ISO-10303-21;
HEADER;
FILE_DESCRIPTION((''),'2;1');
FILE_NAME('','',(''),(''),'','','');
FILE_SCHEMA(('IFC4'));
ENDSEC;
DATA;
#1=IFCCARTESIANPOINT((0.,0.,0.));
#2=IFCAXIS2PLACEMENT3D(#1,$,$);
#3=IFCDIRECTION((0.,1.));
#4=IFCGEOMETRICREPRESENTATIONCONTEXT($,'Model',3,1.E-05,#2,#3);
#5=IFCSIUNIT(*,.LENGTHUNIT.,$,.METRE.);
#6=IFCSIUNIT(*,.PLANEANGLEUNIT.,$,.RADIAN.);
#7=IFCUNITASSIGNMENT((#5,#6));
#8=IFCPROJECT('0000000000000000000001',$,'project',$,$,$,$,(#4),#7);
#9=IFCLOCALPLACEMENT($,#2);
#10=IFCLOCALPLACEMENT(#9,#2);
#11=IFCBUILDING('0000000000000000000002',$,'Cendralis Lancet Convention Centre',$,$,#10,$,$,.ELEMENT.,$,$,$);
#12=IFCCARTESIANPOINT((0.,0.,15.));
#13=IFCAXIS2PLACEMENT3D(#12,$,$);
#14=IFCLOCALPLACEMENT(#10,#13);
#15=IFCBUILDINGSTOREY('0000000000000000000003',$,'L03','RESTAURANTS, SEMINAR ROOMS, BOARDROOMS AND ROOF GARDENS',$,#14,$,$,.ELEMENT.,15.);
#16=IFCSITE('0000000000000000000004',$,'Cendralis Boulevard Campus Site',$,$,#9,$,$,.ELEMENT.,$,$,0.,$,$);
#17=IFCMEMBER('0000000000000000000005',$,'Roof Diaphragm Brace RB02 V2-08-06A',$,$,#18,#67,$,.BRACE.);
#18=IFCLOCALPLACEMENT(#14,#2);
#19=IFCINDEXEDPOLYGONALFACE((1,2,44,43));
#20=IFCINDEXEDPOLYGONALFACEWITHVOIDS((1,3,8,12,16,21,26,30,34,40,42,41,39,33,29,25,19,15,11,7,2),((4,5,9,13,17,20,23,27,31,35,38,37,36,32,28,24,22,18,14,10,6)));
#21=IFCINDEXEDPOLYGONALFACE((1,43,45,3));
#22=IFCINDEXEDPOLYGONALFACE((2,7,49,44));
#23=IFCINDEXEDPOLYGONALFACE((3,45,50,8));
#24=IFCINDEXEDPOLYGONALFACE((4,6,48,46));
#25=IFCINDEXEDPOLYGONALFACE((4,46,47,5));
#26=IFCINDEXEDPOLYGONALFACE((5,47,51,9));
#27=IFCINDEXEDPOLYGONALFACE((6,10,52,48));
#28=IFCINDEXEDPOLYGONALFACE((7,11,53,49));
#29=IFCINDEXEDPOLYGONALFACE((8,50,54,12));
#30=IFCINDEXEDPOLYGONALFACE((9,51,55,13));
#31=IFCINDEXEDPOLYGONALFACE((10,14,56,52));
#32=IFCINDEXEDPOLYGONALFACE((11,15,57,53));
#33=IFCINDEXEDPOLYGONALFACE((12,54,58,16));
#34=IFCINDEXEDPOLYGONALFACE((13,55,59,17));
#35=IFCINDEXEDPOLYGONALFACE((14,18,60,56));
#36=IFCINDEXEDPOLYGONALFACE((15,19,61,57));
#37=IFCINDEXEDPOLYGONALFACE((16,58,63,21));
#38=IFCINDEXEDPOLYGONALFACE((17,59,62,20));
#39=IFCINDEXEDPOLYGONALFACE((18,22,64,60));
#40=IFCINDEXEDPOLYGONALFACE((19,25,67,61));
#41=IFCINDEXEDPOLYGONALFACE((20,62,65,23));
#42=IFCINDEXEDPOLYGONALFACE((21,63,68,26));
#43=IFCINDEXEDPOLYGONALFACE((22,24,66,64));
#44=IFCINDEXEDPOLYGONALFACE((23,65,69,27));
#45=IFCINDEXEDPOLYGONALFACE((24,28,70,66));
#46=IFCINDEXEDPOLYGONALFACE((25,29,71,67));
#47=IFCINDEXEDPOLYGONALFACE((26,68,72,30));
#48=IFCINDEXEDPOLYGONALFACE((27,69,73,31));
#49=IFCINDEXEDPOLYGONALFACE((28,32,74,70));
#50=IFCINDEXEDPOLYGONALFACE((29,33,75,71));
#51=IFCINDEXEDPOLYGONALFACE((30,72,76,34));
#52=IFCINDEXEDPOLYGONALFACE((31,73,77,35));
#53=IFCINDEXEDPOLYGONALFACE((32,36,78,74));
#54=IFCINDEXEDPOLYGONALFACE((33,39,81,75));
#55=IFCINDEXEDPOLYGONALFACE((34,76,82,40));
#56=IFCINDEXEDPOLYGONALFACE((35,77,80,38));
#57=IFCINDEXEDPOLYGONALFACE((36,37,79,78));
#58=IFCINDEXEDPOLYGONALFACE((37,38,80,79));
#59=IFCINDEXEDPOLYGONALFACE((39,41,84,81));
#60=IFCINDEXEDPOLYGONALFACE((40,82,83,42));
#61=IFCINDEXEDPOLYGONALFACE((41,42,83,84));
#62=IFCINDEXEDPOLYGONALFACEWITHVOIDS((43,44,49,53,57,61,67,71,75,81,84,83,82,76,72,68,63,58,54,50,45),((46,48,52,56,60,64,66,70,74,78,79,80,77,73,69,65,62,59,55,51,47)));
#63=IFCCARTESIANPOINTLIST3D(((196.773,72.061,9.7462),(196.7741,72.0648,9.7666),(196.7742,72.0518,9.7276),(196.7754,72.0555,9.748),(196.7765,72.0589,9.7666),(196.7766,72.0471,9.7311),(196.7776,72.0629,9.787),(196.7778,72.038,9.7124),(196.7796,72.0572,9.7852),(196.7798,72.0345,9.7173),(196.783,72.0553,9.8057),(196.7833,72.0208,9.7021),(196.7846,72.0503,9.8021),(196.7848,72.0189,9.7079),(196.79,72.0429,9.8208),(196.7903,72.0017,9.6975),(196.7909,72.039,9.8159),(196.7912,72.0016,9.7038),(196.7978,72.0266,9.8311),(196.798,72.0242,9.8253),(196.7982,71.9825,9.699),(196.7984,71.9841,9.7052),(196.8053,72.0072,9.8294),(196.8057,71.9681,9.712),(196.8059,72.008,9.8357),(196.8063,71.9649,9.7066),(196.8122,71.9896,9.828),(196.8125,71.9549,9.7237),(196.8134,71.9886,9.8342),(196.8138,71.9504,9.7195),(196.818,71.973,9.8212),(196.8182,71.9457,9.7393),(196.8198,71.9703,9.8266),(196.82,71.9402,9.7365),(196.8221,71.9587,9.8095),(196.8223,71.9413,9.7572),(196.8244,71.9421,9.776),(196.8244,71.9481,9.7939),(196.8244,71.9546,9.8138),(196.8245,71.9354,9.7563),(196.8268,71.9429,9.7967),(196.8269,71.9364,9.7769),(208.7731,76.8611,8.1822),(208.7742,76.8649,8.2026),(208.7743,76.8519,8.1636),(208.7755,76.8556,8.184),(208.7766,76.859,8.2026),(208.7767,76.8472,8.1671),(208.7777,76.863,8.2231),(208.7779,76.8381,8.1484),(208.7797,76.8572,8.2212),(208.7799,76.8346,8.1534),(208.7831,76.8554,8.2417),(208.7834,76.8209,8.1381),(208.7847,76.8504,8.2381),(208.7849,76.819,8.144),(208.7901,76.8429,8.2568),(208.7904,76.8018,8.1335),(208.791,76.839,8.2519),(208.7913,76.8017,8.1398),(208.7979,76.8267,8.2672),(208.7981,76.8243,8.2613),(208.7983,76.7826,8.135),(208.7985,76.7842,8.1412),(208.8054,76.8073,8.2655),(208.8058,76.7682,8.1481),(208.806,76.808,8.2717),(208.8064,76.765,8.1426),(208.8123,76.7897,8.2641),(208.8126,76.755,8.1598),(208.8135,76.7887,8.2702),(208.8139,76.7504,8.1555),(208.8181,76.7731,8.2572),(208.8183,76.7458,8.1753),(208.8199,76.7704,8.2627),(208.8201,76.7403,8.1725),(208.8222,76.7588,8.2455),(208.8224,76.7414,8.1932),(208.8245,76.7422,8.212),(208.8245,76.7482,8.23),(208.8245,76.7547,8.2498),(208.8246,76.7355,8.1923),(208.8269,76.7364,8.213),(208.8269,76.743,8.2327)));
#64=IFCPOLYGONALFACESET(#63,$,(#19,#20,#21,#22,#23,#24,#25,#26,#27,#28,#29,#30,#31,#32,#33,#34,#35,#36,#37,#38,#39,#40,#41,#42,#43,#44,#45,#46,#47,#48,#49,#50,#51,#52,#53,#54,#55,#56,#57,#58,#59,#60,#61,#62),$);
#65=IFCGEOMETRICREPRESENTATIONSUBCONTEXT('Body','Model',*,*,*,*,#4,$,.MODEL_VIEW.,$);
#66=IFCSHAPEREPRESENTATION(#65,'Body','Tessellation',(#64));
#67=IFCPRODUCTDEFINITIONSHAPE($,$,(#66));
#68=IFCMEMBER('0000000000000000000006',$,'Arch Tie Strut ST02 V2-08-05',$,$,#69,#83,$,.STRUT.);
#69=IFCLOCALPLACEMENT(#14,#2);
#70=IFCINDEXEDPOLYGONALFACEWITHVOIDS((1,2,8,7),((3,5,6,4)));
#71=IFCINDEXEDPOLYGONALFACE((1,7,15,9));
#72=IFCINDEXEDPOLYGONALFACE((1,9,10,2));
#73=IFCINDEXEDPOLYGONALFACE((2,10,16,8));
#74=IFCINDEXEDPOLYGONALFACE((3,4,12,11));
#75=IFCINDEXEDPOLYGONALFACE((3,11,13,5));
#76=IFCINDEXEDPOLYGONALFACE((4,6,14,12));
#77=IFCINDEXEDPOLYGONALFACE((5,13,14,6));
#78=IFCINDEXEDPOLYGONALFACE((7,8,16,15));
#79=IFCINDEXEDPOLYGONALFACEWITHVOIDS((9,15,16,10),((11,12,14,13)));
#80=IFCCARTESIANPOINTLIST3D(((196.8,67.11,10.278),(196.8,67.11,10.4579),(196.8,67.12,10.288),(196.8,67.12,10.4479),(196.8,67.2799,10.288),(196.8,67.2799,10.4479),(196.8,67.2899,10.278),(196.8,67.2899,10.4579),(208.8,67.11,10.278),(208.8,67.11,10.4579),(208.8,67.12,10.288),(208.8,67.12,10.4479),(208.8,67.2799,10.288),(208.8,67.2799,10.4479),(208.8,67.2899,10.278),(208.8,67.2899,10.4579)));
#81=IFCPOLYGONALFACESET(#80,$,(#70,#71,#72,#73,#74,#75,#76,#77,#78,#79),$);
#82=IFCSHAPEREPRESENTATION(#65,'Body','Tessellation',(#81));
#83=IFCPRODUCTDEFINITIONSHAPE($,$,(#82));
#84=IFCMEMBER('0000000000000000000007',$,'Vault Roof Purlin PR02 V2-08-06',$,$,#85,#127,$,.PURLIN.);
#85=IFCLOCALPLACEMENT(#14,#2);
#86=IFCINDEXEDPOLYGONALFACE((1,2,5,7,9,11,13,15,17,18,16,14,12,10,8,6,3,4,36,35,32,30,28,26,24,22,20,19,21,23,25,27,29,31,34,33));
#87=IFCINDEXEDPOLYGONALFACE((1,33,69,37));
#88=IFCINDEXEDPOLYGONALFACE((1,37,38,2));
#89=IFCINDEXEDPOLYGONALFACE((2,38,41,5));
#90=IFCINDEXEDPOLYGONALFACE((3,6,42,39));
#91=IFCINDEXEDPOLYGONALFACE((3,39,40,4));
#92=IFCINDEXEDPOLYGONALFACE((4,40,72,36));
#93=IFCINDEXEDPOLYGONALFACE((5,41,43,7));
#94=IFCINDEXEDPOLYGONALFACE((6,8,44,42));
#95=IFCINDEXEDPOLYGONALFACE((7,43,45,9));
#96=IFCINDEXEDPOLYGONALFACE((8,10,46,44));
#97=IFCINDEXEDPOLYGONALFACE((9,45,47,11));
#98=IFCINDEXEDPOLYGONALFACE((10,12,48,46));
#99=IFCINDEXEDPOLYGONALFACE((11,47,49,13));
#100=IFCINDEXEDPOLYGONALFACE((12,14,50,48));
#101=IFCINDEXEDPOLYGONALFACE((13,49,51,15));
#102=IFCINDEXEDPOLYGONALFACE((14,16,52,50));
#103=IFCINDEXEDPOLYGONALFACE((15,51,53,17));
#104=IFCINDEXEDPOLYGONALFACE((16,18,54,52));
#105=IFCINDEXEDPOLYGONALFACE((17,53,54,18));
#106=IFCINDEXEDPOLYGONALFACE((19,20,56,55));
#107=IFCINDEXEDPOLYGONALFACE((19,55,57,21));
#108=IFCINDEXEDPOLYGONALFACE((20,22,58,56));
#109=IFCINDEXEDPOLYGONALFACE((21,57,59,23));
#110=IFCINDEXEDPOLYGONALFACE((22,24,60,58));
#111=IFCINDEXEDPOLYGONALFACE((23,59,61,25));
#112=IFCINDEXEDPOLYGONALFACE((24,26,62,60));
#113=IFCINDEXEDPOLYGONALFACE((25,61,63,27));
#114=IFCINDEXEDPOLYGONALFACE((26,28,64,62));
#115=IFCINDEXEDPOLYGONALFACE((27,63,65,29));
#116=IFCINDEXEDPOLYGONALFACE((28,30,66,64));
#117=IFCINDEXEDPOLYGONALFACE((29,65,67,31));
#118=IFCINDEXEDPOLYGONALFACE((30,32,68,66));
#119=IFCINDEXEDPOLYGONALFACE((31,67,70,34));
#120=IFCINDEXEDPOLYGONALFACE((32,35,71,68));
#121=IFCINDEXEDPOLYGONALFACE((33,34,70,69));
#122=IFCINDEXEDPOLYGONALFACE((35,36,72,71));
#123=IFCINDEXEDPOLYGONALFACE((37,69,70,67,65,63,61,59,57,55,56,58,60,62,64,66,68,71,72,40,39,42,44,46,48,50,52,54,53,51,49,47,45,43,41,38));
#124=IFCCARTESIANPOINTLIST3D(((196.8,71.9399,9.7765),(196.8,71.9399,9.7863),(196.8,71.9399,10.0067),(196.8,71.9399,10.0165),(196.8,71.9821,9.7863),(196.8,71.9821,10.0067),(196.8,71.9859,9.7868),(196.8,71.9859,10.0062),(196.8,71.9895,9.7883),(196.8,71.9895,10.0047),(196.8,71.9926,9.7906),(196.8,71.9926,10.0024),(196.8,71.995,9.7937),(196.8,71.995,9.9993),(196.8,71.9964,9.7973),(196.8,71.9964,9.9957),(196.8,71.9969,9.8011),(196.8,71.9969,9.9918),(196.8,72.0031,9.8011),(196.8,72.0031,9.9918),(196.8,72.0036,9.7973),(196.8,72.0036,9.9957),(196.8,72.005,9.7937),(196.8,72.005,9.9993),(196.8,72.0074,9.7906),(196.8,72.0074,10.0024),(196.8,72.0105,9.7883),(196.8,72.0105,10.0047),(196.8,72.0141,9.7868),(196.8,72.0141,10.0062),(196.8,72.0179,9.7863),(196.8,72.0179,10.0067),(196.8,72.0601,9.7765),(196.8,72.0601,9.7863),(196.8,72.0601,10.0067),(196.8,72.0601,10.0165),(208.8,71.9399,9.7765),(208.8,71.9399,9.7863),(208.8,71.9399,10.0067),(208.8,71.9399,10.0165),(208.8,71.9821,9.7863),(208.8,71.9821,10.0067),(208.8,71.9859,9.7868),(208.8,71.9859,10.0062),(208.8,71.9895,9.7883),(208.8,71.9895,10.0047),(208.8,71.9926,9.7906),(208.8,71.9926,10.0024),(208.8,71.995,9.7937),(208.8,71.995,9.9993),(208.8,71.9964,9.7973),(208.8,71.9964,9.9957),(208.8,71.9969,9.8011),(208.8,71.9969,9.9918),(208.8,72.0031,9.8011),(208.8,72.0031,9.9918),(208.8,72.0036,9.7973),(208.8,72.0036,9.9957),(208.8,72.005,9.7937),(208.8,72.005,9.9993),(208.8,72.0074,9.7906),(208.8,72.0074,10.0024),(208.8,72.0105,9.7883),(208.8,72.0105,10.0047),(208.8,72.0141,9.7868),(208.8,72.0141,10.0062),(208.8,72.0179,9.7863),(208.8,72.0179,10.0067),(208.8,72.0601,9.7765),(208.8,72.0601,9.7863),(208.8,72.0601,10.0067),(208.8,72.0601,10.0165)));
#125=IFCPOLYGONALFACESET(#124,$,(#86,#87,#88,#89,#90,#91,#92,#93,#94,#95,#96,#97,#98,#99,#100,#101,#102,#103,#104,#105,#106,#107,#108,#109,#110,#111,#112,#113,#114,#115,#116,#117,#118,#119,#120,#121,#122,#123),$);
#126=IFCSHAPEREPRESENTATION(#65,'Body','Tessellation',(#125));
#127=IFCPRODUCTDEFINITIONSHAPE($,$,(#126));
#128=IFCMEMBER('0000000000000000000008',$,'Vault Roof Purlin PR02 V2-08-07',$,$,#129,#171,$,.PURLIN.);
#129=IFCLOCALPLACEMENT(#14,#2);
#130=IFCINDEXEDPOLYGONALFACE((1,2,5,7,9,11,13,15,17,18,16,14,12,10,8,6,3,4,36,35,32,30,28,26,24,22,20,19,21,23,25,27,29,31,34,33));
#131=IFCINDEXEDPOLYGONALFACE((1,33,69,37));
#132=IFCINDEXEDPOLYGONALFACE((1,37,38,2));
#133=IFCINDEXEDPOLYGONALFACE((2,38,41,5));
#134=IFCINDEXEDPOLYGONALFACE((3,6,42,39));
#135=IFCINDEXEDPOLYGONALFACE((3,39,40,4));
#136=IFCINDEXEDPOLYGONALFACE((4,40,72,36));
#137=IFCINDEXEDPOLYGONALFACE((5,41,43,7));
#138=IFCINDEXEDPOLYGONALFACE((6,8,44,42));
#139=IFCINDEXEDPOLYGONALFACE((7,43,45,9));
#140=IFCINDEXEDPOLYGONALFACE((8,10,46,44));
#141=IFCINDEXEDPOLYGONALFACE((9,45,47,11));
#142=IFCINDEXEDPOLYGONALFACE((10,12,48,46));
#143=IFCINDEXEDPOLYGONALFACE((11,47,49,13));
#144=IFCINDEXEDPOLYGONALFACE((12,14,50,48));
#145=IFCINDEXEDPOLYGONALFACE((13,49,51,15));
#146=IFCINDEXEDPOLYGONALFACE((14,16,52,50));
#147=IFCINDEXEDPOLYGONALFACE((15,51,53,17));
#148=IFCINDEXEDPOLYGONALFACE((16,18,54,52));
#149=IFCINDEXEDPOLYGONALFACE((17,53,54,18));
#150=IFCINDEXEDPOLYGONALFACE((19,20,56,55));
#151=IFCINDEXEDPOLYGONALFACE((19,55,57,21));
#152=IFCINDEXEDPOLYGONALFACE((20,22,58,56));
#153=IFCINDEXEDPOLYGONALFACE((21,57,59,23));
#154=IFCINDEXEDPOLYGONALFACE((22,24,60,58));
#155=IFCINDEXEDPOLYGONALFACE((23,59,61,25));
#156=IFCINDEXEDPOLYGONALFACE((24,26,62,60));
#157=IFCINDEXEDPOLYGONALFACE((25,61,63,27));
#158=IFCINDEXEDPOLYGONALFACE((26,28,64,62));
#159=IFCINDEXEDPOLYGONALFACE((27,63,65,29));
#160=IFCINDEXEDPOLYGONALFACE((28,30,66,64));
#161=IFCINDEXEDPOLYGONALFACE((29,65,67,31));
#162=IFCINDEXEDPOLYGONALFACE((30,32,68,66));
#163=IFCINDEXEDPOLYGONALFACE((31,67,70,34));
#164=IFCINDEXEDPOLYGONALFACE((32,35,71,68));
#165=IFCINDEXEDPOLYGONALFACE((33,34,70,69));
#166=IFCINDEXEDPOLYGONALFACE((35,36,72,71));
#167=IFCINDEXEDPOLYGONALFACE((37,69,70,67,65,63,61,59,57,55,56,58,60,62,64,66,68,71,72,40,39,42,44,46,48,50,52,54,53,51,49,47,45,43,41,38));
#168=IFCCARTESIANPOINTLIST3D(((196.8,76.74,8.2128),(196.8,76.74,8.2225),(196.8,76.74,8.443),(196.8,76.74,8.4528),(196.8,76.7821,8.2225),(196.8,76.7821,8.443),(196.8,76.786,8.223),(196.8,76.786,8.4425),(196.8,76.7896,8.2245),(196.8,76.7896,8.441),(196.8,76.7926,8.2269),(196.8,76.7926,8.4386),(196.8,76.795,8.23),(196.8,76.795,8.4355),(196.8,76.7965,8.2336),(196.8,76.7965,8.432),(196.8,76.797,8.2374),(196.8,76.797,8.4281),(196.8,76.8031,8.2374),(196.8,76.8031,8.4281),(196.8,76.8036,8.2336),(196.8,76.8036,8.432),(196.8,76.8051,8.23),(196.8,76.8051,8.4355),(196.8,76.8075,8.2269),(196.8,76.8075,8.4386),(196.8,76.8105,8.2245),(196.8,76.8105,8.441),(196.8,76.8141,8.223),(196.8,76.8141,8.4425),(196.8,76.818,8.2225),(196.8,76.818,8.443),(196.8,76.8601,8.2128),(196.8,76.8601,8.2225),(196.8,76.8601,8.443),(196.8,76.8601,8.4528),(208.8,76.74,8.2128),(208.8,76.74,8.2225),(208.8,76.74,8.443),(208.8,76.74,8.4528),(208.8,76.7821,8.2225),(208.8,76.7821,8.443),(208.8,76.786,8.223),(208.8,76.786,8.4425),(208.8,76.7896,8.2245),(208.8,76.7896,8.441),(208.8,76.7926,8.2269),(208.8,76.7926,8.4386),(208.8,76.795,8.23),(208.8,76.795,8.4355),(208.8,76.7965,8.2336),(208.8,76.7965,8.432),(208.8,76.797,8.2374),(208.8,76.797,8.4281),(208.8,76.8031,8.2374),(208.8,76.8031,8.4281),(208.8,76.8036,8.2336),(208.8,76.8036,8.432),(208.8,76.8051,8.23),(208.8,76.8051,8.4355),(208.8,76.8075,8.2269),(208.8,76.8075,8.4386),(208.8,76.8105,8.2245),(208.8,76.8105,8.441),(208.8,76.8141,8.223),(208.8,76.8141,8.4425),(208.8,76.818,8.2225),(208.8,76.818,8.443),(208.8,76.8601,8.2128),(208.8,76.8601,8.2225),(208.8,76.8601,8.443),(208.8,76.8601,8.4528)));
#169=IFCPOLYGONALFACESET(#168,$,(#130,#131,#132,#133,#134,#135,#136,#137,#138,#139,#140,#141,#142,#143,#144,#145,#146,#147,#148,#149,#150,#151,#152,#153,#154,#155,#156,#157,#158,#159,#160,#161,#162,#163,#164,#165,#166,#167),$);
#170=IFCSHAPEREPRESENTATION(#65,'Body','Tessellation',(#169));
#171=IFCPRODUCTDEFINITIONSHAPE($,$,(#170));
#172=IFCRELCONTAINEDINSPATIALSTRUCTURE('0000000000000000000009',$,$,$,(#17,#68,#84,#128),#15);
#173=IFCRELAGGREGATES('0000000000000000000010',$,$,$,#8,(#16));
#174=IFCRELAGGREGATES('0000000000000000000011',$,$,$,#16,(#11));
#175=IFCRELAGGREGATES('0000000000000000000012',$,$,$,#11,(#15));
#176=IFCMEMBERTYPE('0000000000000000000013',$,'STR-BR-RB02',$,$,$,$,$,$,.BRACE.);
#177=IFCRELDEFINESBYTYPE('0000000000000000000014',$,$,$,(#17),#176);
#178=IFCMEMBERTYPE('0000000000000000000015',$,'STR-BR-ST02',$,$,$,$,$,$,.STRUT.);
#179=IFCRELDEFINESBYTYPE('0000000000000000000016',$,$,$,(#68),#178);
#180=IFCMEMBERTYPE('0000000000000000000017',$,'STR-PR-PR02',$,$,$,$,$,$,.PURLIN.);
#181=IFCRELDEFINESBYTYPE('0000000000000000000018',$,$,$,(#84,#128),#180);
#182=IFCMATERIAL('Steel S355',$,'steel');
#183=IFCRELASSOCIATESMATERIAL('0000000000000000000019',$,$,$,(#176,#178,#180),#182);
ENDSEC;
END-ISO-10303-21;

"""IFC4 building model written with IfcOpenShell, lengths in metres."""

from ifc_helpers import new_model, si_unit, direction, frame, origin, origin_2d, place, context, subcontext, project, spatial, hollow_rectangle, hollow_circle, i_section, extrude, material, material_profile, profile_set, type_object, element, save


model = new_model("IFC4")

# Units and contexts
model_context = context("Model", 3, precision=1e-05, world=origin(), true_north=direction((0.0, 1.0)))
body_context = subcontext(model_context, "Body", "Model", "MODEL_VIEW")
ifc_project = project(units=[si_unit("LENGTHUNIT", "METRE"), si_unit("PLANEANGLEUNIT", "RADIAN")], contexts=[model_context])

# Site, building, storey
site_placement = place(None, origin())
site = spatial("IfcSite", under=ifc_project, at=site_placement, Name="Cendralis Boulevard Campus Site", CompositionType="ELEMENT", RefElevation=0.0)
building_placement = place(site_placement, origin())
building = spatial("IfcBuilding", under=site, at=building_placement, Name="Cendralis Lancet Convention Centre", CompositionType="ELEMENT")
storey_placement = place(building_placement, frame((0.0, 0.0, 15.0)))
storey = spatial("IfcBuildingStorey", under=building, at=storey_placement, Name="L03", Description="RESTAURANTS, SEMINAR ROOMS, BOARDROOMS AND ROOF GARDENS", CompositionType="ELEMENT", Elevation=15.0)

# Members
ifc_material_1 = material(Name="Steel S355", Category="steel")
ifc_material_profile_1 = material_profile(ifc_material_1, hollow_circle(Radius=0.0698, WallThickness=0.0063, at=origin_2d()), Name="CHS 139.7x6.3")
ifc_profile_set_1 = profile_set([ifc_material_profile_1], Name="Steel S355")
member_type_1 = type_object("IfcMemberType", Name="STR-BR-RB02", PredefinedType="BRACE", material=ifc_profile_set_1)
member_1_placement = place(storey_placement, frame((196.8, 72.0, 9.7666), z_axis=(0.921751, 0.368704, -0.120132), x_axis=(-0.371394, 0.928475, 0.0)))
element("IfcMember", 1, at=member_1_placement, inside=storey, type_object=member_type_1, Name="Roof Diaphragm Brace RB02 V2-08-06A", PredefinedType="BRACE", context=body_context, shape_type="SweptSolid", body=[
    extrude(hollow_circle(Radius=0.0698, WallThickness=0.0063, at=origin_2d()), origin(), (0.0, 0.0, 1.0), 13.0188),
])
ifc_material_profile_2 = material_profile(ifc_material_1, hollow_rectangle(XDim=0.1799, YDim=0.1799, WallThickness=0.01, at=origin_2d()), Name="SHS 180x180x10.0")
ifc_profile_set_2 = profile_set([ifc_material_profile_2], Name="Steel S355")
member_type_2 = type_object("IfcMemberType", Name="STR-BR-ST02", PredefinedType="STRUT", material=ifc_profile_set_2)
member_2_placement = place(storey_placement, frame((196.8, 67.2, 10.3679), z_axis=(1.0, 0.0, 0.0), x_axis=(0.0, 1.0, 0.0)))
element("IfcMember", 2, at=member_2_placement, inside=storey, type_object=member_type_2, Name="Arch Tie Strut ST02 V2-08-05", PredefinedType="STRUT", context=body_context, shape_type="SweptSolid", body=[
    extrude(hollow_rectangle(XDim=0.1799, YDim=0.1799, WallThickness=0.01, at=origin_2d()), origin(), (0.0, 0.0, 1.0), 12.0),
])
ifc_material_profile_3 = material_profile(ifc_material_1, i_section(OverallWidth=0.1201, OverallDepth=0.24, WebThickness=0.0061, FlangeThickness=0.0098, FilletRadius=0.0149, at=origin_2d()), Name="IPE 240")
ifc_profile_set_3 = profile_set([ifc_material_profile_3], Name="Steel S355")
member_type_3 = type_object("IfcMemberType", Name="STR-PR-PR02", PredefinedType="PURLIN", material=ifc_profile_set_3)
for number, where, z_axis, x_axis, name in (
    (3, (196.8, 72.0, 9.8965), (1.0, 0.0, 0.0), (0.0, 1.0, 0.0), "Vault Roof Purlin PR02 V2-08-06"),
    (4, (196.8, 76.8, 8.3328), (1.0, 0.0, 0.0), (0.0, 1.0, 0.0), "Vault Roof Purlin PR02 V2-08-07"),
):
    element("IfcMember", number, at=place(storey_placement, frame(where, z_axis=z_axis, x_axis=x_axis)), inside=storey, type_object=member_type_3, Name=name, PredefinedType="PURLIN", context=body_context, shape_type="SweptSolid", body=[
        extrude(i_section(OverallWidth=0.1201, OverallDepth=0.24, WebThickness=0.0061, FlangeThickness=0.0098, FilletRadius=0.0149, at=origin_2d()), origin(), (0.0, 0.0, 1.0), 12.0),
    ])

save(model, "model.ifc")
